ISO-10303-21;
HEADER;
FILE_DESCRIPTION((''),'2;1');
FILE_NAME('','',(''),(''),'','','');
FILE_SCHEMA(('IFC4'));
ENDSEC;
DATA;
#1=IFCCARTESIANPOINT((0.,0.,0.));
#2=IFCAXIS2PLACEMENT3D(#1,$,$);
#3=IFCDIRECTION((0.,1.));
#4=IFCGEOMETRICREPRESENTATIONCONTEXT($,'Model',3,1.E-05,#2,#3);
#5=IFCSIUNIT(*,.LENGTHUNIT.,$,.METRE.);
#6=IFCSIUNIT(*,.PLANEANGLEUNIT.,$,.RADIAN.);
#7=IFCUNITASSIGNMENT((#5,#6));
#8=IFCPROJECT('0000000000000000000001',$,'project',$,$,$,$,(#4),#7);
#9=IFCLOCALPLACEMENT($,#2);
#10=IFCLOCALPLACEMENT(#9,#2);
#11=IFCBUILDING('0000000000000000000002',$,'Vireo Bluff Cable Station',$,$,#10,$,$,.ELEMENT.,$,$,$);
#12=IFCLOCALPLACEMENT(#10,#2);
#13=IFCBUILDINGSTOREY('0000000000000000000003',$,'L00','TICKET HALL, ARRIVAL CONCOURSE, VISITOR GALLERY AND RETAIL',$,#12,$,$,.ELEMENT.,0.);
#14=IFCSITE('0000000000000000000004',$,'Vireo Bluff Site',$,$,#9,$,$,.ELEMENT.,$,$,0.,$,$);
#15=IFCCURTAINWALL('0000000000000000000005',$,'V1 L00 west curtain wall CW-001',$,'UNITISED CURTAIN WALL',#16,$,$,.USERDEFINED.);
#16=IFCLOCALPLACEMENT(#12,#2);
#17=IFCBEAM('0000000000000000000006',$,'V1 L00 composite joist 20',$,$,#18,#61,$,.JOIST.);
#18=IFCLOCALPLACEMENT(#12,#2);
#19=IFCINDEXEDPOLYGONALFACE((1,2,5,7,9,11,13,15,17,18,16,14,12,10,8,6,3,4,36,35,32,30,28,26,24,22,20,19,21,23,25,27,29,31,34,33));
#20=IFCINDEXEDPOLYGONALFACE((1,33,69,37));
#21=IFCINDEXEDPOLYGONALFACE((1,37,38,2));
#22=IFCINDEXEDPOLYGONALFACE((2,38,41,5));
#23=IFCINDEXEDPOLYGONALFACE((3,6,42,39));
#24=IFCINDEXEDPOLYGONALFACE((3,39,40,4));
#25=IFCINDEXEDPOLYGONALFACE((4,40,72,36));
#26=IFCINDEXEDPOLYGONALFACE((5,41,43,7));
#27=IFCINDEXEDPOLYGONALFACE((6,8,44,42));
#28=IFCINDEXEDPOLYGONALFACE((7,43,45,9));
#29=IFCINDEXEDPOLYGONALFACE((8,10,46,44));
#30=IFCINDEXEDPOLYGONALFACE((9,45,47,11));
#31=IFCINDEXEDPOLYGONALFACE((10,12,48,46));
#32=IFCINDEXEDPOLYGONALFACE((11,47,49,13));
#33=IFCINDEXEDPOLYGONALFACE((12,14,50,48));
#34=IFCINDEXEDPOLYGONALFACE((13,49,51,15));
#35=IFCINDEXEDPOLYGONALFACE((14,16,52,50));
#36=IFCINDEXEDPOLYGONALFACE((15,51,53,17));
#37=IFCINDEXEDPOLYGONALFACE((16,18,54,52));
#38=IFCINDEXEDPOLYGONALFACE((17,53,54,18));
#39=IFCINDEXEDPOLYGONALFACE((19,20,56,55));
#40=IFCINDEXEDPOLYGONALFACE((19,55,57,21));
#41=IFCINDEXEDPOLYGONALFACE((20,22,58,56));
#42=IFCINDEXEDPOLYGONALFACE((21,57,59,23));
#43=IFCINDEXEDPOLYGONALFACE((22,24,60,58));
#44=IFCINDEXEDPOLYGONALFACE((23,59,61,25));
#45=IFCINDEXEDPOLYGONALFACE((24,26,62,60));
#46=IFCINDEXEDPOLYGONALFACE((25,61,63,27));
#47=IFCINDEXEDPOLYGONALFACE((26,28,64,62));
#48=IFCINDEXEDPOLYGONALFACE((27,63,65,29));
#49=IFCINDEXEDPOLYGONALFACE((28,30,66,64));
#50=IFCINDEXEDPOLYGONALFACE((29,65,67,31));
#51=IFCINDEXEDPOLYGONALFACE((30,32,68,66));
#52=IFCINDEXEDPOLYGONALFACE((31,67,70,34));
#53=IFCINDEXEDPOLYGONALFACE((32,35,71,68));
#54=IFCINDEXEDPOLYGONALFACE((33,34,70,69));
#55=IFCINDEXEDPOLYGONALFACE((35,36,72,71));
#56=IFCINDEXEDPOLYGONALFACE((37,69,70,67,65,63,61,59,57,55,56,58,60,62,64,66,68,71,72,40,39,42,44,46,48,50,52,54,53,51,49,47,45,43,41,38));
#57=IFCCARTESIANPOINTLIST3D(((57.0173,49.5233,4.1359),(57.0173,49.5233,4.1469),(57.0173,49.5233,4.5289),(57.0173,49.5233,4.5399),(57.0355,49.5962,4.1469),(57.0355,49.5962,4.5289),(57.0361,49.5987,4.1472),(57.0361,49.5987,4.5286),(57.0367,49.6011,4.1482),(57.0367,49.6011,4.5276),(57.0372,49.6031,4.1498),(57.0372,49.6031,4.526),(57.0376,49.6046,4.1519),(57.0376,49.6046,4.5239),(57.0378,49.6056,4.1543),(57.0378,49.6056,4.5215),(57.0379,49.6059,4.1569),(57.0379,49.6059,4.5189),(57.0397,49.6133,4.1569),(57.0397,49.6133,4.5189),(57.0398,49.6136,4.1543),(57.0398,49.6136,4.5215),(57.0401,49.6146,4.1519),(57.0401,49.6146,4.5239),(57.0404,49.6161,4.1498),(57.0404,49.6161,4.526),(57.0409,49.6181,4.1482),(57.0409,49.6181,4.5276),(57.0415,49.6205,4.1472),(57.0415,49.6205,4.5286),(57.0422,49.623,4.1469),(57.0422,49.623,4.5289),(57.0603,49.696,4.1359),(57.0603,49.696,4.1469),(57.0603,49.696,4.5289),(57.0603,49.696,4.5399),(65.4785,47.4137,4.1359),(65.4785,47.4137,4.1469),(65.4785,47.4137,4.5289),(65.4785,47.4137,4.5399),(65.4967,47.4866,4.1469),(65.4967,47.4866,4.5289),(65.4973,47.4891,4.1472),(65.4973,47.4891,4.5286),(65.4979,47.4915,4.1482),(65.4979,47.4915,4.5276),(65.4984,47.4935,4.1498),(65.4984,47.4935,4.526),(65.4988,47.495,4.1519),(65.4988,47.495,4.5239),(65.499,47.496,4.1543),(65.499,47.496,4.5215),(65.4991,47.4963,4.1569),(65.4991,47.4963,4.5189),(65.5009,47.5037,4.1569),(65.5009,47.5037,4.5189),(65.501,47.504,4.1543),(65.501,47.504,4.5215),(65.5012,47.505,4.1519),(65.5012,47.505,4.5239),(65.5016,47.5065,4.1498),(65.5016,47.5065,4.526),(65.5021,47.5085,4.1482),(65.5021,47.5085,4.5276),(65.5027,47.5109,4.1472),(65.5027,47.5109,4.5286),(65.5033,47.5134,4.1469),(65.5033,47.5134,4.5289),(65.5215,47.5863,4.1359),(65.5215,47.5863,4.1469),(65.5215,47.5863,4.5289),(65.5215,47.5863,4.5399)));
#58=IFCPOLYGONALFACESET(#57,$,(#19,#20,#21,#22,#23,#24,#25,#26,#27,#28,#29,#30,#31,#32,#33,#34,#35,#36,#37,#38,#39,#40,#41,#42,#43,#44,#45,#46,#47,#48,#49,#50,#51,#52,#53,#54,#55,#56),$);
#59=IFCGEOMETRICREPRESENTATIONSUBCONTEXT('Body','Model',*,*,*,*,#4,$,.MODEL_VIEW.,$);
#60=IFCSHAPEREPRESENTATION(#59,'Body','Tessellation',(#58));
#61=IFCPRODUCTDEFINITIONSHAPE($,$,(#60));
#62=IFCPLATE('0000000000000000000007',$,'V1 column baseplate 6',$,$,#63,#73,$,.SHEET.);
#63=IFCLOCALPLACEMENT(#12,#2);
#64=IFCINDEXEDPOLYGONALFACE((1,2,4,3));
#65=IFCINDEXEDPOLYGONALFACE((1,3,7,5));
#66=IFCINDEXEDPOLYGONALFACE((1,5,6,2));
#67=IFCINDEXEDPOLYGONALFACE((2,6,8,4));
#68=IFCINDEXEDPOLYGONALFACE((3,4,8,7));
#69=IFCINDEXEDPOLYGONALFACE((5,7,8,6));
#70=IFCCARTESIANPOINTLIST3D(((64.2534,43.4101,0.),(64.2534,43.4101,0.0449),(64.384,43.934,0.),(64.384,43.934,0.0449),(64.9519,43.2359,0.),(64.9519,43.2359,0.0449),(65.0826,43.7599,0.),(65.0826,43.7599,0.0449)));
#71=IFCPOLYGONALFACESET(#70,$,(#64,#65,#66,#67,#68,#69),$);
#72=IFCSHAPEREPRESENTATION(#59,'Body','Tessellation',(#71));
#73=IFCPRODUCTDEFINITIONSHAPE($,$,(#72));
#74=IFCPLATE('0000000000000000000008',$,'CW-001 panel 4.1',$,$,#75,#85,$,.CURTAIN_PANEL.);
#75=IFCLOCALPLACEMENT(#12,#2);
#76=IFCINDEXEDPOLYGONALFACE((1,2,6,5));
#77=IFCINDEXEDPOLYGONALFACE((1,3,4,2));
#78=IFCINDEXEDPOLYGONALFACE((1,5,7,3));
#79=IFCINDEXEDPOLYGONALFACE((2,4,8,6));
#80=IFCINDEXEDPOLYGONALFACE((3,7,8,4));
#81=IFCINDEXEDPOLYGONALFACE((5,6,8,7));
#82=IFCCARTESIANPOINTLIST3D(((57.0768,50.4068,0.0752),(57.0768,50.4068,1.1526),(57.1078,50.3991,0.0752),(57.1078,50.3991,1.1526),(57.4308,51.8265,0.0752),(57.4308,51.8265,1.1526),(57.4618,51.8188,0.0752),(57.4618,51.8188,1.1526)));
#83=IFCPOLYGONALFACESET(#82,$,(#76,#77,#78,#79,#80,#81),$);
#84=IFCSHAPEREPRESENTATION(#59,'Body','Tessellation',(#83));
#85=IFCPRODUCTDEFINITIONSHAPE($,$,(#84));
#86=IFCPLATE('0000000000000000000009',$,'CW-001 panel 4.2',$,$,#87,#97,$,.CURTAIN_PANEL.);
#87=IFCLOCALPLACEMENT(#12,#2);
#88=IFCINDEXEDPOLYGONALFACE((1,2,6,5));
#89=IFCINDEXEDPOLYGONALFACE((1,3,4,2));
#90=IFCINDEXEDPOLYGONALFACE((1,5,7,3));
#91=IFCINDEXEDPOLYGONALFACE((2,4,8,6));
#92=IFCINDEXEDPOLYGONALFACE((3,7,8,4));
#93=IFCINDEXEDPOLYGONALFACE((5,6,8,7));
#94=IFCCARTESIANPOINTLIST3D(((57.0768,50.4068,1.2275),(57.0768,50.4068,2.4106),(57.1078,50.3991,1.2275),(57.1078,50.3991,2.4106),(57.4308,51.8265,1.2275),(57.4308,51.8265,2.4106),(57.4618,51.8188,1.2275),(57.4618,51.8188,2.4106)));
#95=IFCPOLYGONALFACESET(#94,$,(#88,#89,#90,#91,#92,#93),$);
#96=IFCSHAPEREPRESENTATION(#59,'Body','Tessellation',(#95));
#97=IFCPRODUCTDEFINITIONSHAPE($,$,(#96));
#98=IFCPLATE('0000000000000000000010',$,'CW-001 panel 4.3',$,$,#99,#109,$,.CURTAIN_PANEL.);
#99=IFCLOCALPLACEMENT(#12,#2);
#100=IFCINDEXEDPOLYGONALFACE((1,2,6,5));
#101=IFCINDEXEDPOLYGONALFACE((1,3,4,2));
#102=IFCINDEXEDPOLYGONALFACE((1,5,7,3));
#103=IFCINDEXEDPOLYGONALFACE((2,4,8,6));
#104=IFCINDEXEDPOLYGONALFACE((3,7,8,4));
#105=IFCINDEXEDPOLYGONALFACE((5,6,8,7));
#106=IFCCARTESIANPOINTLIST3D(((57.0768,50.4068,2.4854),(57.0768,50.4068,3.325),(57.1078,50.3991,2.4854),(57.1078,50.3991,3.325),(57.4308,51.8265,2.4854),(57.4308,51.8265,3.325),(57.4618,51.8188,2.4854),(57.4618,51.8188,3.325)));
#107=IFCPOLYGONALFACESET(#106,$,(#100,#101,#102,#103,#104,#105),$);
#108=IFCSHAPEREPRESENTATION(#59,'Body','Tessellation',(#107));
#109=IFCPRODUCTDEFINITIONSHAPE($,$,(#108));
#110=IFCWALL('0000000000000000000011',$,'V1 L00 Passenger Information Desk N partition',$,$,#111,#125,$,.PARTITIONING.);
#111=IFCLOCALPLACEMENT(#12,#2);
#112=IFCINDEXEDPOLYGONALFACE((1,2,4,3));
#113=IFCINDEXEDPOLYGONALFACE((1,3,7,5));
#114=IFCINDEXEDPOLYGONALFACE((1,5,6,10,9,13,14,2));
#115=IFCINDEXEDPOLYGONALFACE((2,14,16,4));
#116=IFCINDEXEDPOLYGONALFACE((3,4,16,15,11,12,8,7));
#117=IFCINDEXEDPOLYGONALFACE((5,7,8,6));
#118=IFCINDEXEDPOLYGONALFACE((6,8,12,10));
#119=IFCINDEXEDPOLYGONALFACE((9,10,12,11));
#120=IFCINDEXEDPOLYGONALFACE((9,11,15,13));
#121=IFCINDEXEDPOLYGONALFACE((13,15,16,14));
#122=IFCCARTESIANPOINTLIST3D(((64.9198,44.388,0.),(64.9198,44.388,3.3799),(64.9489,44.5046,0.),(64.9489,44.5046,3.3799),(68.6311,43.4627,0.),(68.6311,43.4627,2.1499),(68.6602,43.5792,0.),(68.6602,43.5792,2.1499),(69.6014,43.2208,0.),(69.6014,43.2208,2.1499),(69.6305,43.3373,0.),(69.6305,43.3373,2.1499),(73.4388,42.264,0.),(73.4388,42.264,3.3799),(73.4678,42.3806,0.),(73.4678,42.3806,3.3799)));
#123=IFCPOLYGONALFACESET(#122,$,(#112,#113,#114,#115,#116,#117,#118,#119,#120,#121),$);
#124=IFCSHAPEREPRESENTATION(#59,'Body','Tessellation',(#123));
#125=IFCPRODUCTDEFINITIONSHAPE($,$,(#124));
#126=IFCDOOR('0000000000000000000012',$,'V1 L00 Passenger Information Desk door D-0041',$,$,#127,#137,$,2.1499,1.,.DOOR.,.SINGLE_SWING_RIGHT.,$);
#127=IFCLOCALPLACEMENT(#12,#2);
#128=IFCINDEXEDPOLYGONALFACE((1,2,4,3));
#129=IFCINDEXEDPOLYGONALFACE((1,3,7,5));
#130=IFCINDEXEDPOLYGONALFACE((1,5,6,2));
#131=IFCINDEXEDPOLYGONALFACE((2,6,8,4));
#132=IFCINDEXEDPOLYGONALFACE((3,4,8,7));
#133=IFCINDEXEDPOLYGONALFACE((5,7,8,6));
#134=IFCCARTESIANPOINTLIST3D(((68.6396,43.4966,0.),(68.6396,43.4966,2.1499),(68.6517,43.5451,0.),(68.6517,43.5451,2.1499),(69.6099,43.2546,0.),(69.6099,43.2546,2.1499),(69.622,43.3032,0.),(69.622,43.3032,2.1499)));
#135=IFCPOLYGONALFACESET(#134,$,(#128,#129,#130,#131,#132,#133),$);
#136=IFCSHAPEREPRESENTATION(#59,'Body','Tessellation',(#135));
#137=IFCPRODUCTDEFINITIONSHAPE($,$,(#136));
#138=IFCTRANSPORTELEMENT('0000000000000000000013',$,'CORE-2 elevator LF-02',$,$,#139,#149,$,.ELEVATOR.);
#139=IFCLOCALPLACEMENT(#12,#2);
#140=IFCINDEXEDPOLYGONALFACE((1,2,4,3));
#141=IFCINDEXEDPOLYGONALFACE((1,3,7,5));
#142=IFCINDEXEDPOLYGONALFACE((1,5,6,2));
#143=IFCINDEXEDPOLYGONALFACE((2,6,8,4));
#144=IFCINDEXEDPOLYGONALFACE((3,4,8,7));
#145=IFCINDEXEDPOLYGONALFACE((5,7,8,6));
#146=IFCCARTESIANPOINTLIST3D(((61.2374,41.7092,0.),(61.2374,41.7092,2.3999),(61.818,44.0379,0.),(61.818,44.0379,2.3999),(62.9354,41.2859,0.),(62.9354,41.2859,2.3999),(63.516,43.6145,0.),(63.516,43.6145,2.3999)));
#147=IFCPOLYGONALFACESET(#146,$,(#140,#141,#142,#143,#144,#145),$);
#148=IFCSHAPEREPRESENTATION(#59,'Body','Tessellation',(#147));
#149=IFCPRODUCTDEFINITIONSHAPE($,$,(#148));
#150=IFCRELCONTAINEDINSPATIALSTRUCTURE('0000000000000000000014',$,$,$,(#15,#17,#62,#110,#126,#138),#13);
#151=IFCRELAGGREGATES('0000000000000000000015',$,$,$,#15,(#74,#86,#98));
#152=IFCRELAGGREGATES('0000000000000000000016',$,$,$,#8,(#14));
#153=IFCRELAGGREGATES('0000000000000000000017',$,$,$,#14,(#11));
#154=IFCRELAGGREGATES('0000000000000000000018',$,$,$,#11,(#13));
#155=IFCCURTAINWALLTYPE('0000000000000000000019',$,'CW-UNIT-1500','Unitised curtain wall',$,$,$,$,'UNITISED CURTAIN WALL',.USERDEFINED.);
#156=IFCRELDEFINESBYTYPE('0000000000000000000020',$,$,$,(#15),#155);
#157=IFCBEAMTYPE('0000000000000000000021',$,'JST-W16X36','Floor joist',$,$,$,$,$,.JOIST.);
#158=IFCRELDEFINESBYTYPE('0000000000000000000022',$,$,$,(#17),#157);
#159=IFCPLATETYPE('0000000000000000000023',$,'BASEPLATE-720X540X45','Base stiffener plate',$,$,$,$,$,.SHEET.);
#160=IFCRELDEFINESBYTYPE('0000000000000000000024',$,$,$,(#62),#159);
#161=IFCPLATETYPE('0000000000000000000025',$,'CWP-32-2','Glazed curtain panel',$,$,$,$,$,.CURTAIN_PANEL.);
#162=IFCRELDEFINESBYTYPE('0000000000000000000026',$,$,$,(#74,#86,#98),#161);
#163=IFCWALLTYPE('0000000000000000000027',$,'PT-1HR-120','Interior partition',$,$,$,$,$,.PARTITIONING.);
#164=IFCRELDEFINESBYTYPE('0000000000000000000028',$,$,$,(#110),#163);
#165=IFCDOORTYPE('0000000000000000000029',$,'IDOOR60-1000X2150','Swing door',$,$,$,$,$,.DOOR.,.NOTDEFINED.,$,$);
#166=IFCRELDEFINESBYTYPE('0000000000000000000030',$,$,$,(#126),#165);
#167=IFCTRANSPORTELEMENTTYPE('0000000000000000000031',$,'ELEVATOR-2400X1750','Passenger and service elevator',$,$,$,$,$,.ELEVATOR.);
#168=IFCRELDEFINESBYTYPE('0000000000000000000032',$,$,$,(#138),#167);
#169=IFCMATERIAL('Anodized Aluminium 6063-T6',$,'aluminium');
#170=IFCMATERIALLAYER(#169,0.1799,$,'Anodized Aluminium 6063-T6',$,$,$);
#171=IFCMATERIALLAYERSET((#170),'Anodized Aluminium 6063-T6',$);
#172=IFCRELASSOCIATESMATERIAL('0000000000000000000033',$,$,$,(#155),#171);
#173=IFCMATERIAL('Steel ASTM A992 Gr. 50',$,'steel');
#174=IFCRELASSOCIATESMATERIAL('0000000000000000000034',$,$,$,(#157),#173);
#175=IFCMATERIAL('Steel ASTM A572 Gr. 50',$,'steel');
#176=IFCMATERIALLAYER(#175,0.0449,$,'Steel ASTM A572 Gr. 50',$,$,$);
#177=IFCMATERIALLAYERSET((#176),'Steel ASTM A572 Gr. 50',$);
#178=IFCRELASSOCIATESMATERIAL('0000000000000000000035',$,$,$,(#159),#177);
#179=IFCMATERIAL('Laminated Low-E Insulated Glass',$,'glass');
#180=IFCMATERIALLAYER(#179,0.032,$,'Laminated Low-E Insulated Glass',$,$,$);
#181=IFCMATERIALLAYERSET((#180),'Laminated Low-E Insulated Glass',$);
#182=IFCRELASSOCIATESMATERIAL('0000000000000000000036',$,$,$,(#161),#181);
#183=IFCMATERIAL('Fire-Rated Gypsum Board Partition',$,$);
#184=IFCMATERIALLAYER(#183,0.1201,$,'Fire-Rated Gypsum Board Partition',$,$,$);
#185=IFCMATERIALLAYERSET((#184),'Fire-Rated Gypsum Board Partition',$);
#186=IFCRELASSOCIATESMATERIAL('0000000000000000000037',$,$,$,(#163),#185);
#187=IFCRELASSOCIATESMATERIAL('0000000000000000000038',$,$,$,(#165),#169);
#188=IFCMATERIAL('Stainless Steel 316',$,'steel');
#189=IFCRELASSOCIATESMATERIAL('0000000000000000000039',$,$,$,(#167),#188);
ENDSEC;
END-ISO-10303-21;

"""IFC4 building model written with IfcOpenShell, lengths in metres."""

from ifc_helpers import new_model, si_unit, direction, frame, frame_2d, origin, origin_with_axes, origin_2d, place, context, subcontext, project, spatial, rectangle, i_section, extrude, material, layer, layer_set, material_profile, profile_set, type_object, element, fill, aggregate, save


model = new_model("IFC4")

# Units and contexts
model_context = context("Model", 3, precision=1e-05, world=origin(), true_north=direction((0.0, 1.0)))
body_context = subcontext(model_context, "Body", "Model", "MODEL_VIEW")
ifc_project = project(units=[si_unit("LENGTHUNIT", "METRE"), si_unit("PLANEANGLEUNIT", "RADIAN")], contexts=[model_context])

# Site, building, storey
site_placement = place(None, origin())
site = spatial("IfcSite", under=ifc_project, at=site_placement, Name="Vireo Bluff Site", CompositionType="ELEMENT", RefElevation=0.0)
building_placement = place(site_placement, origin())
building = spatial("IfcBuilding", under=site, at=building_placement, Name="Vireo Bluff Cable Station", CompositionType="ELEMENT")
storey_placement = place(building_placement, origin())
storey = spatial("IfcBuildingStorey", under=building, at=storey_placement, Name="L00", Description="TICKET HALL, ARRIVAL CONCOURSE, VISITOR GALLERY AND RETAIL", CompositionType="ELEMENT", Elevation=0.0)

# Shared definitions
ifc_material_1 = material(Name="Steel ASTM A992 Gr. 50", Category="steel")

# Curtain wall
ifc_material_2 = material(Name="Anodized Aluminium 6063-T6", Category="aluminium")
ifc_layer_1 = layer(ifc_material_2, 0.1799, Name="Anodized Aluminium 6063-T6")
ifc_layer_set_1 = layer_set([ifc_layer_1], Name="Anodized Aluminium 6063-T6")
curtain_wall_type = type_object("IfcCurtainWallType", Name="CW-UNIT-1500", Description="Unitised curtain wall", ElementType="UNITISED CURTAIN WALL", PredefinedType="USERDEFINED", material=ifc_layer_set_1)
curtain_wall_placement = place(storey_placement, origin())
curtain_wall = element("IfcCurtainWall", 1, at=curtain_wall_placement, inside=storey, type_object=curtain_wall_type, Name="V1 L00 west curtain wall CW-001", ObjectType="UNITISED CURTAIN WALL", PredefinedType="USERDEFINED")

# Beam
ifc_material_profile_1 = material_profile(ifc_material_1, i_section(OverallWidth=0.178, OverallDepth=0.4041, WebThickness=0.0076, FlangeThickness=0.011, FilletRadius=0.01, at=origin_2d()), Name="W16X36")
ifc_profile_set_1 = profile_set([ifc_material_profile_1], Name="Steel ASTM A992 Gr. 50")
beam_type_1 = type_object("IfcBeamType", Name="JST-W16X36", Description="Floor joist", PredefinedType="JOIST", material=ifc_profile_set_1)
beam_1_placement = place(storey_placement, frame((57.0388, 49.6096, 4.3379), z_axis=(0.970295, -0.241923, 0.0), x_axis=(0.241923, 0.970295, 0.0)))
element("IfcBeam", 2, at=beam_1_placement, inside=storey, type_object=beam_type_1, Name="V1 L00 composite joist 20", PredefinedType="JOIST", context=body_context, shape_type="SweptSolid", body=[
    extrude(i_section(OverallWidth=0.178, OverallDepth=0.4041, WebThickness=0.0076, FlangeThickness=0.011, FilletRadius=0.01, at=origin_2d()), origin(), (0.0, 0.0, 1.0), 8.7202),
])

# Plates
ifc_material_3 = material(Name="Steel ASTM A572 Gr. 50", Category="steel")
ifc_layer_2 = layer(ifc_material_3, 0.0449, Name="Steel ASTM A572 Gr. 50")
ifc_layer_set_2 = layer_set([ifc_layer_2], Name="Steel ASTM A572 Gr. 50")
plate_type_1 = type_object("IfcPlateType", Name="BASEPLATE-720X540X45", Description="Base stiffener plate", PredefinedType="SHEET", material=ifc_layer_set_2)
plate_1_placement = place(storey_placement, frame((64.668, 43.585, 0.0), z_axis=(0.0, 0.0, 1.0), x_axis=(0.970296, -0.241922, 0.0)))
element("IfcPlate", 3, at=plate_1_placement, inside=storey, type_object=plate_type_1, Name="V1 column baseplate 6", PredefinedType="SHEET", context=body_context, shape_type="SweptSolid", body=[
    extrude(rectangle(XDim=0.72, YDim=0.54, at=origin_2d()), origin(), (0.0, 0.0, 1.0), 0.0449),
])
ifc_material_4 = material(Name="Laminated Low-E Insulated Glass", Category="glass")
ifc_layer_3 = layer(ifc_material_4, 0.032, Name="Laminated Low-E Insulated Glass")
ifc_layer_set_3 = layer_set([ifc_layer_3], Name="Laminated Low-E Insulated Glass")
plate_type_2 = type_object("IfcPlateType", Name="CWP-32-2", Description="Glazed curtain panel", PredefinedType="CURTAIN_PANEL", material=ifc_layer_set_3)
plate_2_placement = place(storey_placement, frame((57.2693, 51.1128, 0.0752), z_axis=(0.0, 0.0, 1.0), x_axis=(0.241922, 0.970296, 0.0)))
plate_2 = element("IfcPlate", 4, at=plate_2_placement, type_object=plate_type_2, Name="CW-001 panel 4.1", PredefinedType="CURTAIN_PANEL", context=body_context, shape_type="SweptSolid", body=[
    extrude(rectangle(XDim=1.4631, YDim=0.032, at=origin_2d()), origin(), (0.0, 0.0, 1.0), 1.0774),
])
plate_3_placement = place(storey_placement, frame((57.2693, 51.1128, 1.2275), z_axis=(0.0, 0.0, 1.0), x_axis=(0.241922, 0.970296, 0.0)))
plate_3 = element("IfcPlate", 5, at=plate_3_placement, type_object=plate_type_2, Name="CW-001 panel 4.2", PredefinedType="CURTAIN_PANEL", context=body_context, shape_type="SweptSolid", body=[
    extrude(rectangle(XDim=1.4631, YDim=0.032, at=origin_2d()), origin(), (0.0, 0.0, 1.0), 1.1831),
])
plate_4_placement = place(storey_placement, frame((57.2693, 51.1128, 2.4854), z_axis=(0.0, 0.0, 1.0), x_axis=(0.241922, 0.970296, 0.0)))
plate_4 = element("IfcPlate", 6, at=plate_4_placement, type_object=plate_type_2, Name="CW-001 panel 4.3", PredefinedType="CURTAIN_PANEL", context=body_context, shape_type="SweptSolid", body=[
    extrude(rectangle(XDim=1.4631, YDim=0.032, at=origin_2d()), origin(), (0.0, 0.0, 1.0), 0.8396),
])
aggregate(curtain_wall, [plate_2, plate_3, plate_4])

# Wall, opening, door
ifc_material_5 = material(Name="Fire-Rated Gypsum Board Partition")
ifc_layer_4 = layer(ifc_material_5, 0.1201, Name="Fire-Rated Gypsum Board Partition")
ifc_layer_set_4 = layer_set([ifc_layer_4], Name="Fire-Rated Gypsum Board Partition")
wall_type_1 = type_object("IfcWallType", Name="PT-1HR-120", Description="Interior partition", PredefinedType="PARTITIONING", material=ifc_layer_set_4)
wall_1_placement = place(storey_placement, frame((64.9343, 44.4463, 0.0), z_axis=(0.0, 0.0, 1.0), x_axis=(0.970296, -0.241921, 0.0)))
wall_1 = element("IfcWall", 7, at=wall_1_placement, inside=storey, type_object=wall_type_1, Name="V1 L00 Passenger Information Desk N partition", PredefinedType="PARTITIONING", context=body_context, shape_type="SweptSolid", body=[
    extrude(rectangle(XDim=8.7798, YDim=0.1201, at=frame_2d((4.3899, 0.0))), origin(), (0.0, 0.0, 1.0), 3.3799),
])
opening_1_placement = place(wall_1_placement, frame((3.825, 0.0, 0.0)))
opening_1 = element("IfcOpeningElement", 8, at=opening_1_placement, cuts=wall_1, PredefinedType="OPENING", context=body_context, shape_type="SweptSolid", body=[
    extrude(rectangle(XDim=1.0, YDim=2.1499, at=frame_2d((0.5, 1.075))), frame((0.0, 0.0701, 0.0), z_axis=(0.0, -1.0, 0.0), x_axis=(1.0, 0.0, 0.0)), (0.0, 0.0, 1.0), 0.1401),
])
door_type_1 = type_object("IfcDoorType", Name="IDOOR60-1000X2150", Description="Swing door", OperationType="NOTDEFINED", PredefinedType="DOOR", material=ifc_material_2)
door_1_placement = place(opening_1_placement, origin_with_axes())
door_1 = element("IfcDoor", 9, at=door_1_placement, inside=storey, type_object=door_type_1, Name="V1 L00 Passenger Information Desk door D-0041", OperationType="SINGLE_SWING_RIGHT", OverallHeight=2.1499, OverallWidth=1.0, PredefinedType="DOOR", context=body_context, shape_type="SweptSolid", body=[
    extrude(rectangle(XDim=1.0, YDim=2.1499, at=frame_2d((0.5, 1.075))), frame((0.0, 0.0249, 0.0), z_axis=(0.0, -1.0, 0.0), x_axis=(1.0, 0.0, 0.0)), (0.0, 0.0, 1.0), 0.05),
])
fill(opening_1, door_1)
ifc_material_6 = material(Name="Stainless Steel 316", Category="steel")

# Transport element
transport_element_type = type_object("IfcTransportElementType", Name="ELEVATOR-2400X1750", Description="Passenger and service elevator", PredefinedType="ELEVATOR", material=ifc_material_6)
transport_element_placement = place(storey_placement, frame((62.3767, 42.6619, 0.0), z_axis=(0.0, 0.0, 1.0), x_axis=(0.970296, -0.241922, 0.0)))
element("IfcTransportElement", 10, at=transport_element_placement, inside=storey, type_object=transport_element_type, Name="CORE-2 elevator LF-02", PredefinedType="ELEVATOR", context=body_context, shape_type="SweptSolid", body=[
    extrude(rectangle(XDim=1.75, YDim=2.3999, at=origin_2d()), origin(), (0.0, 0.0, 1.0), 2.3999),
])

save(model, "model.ifc")
